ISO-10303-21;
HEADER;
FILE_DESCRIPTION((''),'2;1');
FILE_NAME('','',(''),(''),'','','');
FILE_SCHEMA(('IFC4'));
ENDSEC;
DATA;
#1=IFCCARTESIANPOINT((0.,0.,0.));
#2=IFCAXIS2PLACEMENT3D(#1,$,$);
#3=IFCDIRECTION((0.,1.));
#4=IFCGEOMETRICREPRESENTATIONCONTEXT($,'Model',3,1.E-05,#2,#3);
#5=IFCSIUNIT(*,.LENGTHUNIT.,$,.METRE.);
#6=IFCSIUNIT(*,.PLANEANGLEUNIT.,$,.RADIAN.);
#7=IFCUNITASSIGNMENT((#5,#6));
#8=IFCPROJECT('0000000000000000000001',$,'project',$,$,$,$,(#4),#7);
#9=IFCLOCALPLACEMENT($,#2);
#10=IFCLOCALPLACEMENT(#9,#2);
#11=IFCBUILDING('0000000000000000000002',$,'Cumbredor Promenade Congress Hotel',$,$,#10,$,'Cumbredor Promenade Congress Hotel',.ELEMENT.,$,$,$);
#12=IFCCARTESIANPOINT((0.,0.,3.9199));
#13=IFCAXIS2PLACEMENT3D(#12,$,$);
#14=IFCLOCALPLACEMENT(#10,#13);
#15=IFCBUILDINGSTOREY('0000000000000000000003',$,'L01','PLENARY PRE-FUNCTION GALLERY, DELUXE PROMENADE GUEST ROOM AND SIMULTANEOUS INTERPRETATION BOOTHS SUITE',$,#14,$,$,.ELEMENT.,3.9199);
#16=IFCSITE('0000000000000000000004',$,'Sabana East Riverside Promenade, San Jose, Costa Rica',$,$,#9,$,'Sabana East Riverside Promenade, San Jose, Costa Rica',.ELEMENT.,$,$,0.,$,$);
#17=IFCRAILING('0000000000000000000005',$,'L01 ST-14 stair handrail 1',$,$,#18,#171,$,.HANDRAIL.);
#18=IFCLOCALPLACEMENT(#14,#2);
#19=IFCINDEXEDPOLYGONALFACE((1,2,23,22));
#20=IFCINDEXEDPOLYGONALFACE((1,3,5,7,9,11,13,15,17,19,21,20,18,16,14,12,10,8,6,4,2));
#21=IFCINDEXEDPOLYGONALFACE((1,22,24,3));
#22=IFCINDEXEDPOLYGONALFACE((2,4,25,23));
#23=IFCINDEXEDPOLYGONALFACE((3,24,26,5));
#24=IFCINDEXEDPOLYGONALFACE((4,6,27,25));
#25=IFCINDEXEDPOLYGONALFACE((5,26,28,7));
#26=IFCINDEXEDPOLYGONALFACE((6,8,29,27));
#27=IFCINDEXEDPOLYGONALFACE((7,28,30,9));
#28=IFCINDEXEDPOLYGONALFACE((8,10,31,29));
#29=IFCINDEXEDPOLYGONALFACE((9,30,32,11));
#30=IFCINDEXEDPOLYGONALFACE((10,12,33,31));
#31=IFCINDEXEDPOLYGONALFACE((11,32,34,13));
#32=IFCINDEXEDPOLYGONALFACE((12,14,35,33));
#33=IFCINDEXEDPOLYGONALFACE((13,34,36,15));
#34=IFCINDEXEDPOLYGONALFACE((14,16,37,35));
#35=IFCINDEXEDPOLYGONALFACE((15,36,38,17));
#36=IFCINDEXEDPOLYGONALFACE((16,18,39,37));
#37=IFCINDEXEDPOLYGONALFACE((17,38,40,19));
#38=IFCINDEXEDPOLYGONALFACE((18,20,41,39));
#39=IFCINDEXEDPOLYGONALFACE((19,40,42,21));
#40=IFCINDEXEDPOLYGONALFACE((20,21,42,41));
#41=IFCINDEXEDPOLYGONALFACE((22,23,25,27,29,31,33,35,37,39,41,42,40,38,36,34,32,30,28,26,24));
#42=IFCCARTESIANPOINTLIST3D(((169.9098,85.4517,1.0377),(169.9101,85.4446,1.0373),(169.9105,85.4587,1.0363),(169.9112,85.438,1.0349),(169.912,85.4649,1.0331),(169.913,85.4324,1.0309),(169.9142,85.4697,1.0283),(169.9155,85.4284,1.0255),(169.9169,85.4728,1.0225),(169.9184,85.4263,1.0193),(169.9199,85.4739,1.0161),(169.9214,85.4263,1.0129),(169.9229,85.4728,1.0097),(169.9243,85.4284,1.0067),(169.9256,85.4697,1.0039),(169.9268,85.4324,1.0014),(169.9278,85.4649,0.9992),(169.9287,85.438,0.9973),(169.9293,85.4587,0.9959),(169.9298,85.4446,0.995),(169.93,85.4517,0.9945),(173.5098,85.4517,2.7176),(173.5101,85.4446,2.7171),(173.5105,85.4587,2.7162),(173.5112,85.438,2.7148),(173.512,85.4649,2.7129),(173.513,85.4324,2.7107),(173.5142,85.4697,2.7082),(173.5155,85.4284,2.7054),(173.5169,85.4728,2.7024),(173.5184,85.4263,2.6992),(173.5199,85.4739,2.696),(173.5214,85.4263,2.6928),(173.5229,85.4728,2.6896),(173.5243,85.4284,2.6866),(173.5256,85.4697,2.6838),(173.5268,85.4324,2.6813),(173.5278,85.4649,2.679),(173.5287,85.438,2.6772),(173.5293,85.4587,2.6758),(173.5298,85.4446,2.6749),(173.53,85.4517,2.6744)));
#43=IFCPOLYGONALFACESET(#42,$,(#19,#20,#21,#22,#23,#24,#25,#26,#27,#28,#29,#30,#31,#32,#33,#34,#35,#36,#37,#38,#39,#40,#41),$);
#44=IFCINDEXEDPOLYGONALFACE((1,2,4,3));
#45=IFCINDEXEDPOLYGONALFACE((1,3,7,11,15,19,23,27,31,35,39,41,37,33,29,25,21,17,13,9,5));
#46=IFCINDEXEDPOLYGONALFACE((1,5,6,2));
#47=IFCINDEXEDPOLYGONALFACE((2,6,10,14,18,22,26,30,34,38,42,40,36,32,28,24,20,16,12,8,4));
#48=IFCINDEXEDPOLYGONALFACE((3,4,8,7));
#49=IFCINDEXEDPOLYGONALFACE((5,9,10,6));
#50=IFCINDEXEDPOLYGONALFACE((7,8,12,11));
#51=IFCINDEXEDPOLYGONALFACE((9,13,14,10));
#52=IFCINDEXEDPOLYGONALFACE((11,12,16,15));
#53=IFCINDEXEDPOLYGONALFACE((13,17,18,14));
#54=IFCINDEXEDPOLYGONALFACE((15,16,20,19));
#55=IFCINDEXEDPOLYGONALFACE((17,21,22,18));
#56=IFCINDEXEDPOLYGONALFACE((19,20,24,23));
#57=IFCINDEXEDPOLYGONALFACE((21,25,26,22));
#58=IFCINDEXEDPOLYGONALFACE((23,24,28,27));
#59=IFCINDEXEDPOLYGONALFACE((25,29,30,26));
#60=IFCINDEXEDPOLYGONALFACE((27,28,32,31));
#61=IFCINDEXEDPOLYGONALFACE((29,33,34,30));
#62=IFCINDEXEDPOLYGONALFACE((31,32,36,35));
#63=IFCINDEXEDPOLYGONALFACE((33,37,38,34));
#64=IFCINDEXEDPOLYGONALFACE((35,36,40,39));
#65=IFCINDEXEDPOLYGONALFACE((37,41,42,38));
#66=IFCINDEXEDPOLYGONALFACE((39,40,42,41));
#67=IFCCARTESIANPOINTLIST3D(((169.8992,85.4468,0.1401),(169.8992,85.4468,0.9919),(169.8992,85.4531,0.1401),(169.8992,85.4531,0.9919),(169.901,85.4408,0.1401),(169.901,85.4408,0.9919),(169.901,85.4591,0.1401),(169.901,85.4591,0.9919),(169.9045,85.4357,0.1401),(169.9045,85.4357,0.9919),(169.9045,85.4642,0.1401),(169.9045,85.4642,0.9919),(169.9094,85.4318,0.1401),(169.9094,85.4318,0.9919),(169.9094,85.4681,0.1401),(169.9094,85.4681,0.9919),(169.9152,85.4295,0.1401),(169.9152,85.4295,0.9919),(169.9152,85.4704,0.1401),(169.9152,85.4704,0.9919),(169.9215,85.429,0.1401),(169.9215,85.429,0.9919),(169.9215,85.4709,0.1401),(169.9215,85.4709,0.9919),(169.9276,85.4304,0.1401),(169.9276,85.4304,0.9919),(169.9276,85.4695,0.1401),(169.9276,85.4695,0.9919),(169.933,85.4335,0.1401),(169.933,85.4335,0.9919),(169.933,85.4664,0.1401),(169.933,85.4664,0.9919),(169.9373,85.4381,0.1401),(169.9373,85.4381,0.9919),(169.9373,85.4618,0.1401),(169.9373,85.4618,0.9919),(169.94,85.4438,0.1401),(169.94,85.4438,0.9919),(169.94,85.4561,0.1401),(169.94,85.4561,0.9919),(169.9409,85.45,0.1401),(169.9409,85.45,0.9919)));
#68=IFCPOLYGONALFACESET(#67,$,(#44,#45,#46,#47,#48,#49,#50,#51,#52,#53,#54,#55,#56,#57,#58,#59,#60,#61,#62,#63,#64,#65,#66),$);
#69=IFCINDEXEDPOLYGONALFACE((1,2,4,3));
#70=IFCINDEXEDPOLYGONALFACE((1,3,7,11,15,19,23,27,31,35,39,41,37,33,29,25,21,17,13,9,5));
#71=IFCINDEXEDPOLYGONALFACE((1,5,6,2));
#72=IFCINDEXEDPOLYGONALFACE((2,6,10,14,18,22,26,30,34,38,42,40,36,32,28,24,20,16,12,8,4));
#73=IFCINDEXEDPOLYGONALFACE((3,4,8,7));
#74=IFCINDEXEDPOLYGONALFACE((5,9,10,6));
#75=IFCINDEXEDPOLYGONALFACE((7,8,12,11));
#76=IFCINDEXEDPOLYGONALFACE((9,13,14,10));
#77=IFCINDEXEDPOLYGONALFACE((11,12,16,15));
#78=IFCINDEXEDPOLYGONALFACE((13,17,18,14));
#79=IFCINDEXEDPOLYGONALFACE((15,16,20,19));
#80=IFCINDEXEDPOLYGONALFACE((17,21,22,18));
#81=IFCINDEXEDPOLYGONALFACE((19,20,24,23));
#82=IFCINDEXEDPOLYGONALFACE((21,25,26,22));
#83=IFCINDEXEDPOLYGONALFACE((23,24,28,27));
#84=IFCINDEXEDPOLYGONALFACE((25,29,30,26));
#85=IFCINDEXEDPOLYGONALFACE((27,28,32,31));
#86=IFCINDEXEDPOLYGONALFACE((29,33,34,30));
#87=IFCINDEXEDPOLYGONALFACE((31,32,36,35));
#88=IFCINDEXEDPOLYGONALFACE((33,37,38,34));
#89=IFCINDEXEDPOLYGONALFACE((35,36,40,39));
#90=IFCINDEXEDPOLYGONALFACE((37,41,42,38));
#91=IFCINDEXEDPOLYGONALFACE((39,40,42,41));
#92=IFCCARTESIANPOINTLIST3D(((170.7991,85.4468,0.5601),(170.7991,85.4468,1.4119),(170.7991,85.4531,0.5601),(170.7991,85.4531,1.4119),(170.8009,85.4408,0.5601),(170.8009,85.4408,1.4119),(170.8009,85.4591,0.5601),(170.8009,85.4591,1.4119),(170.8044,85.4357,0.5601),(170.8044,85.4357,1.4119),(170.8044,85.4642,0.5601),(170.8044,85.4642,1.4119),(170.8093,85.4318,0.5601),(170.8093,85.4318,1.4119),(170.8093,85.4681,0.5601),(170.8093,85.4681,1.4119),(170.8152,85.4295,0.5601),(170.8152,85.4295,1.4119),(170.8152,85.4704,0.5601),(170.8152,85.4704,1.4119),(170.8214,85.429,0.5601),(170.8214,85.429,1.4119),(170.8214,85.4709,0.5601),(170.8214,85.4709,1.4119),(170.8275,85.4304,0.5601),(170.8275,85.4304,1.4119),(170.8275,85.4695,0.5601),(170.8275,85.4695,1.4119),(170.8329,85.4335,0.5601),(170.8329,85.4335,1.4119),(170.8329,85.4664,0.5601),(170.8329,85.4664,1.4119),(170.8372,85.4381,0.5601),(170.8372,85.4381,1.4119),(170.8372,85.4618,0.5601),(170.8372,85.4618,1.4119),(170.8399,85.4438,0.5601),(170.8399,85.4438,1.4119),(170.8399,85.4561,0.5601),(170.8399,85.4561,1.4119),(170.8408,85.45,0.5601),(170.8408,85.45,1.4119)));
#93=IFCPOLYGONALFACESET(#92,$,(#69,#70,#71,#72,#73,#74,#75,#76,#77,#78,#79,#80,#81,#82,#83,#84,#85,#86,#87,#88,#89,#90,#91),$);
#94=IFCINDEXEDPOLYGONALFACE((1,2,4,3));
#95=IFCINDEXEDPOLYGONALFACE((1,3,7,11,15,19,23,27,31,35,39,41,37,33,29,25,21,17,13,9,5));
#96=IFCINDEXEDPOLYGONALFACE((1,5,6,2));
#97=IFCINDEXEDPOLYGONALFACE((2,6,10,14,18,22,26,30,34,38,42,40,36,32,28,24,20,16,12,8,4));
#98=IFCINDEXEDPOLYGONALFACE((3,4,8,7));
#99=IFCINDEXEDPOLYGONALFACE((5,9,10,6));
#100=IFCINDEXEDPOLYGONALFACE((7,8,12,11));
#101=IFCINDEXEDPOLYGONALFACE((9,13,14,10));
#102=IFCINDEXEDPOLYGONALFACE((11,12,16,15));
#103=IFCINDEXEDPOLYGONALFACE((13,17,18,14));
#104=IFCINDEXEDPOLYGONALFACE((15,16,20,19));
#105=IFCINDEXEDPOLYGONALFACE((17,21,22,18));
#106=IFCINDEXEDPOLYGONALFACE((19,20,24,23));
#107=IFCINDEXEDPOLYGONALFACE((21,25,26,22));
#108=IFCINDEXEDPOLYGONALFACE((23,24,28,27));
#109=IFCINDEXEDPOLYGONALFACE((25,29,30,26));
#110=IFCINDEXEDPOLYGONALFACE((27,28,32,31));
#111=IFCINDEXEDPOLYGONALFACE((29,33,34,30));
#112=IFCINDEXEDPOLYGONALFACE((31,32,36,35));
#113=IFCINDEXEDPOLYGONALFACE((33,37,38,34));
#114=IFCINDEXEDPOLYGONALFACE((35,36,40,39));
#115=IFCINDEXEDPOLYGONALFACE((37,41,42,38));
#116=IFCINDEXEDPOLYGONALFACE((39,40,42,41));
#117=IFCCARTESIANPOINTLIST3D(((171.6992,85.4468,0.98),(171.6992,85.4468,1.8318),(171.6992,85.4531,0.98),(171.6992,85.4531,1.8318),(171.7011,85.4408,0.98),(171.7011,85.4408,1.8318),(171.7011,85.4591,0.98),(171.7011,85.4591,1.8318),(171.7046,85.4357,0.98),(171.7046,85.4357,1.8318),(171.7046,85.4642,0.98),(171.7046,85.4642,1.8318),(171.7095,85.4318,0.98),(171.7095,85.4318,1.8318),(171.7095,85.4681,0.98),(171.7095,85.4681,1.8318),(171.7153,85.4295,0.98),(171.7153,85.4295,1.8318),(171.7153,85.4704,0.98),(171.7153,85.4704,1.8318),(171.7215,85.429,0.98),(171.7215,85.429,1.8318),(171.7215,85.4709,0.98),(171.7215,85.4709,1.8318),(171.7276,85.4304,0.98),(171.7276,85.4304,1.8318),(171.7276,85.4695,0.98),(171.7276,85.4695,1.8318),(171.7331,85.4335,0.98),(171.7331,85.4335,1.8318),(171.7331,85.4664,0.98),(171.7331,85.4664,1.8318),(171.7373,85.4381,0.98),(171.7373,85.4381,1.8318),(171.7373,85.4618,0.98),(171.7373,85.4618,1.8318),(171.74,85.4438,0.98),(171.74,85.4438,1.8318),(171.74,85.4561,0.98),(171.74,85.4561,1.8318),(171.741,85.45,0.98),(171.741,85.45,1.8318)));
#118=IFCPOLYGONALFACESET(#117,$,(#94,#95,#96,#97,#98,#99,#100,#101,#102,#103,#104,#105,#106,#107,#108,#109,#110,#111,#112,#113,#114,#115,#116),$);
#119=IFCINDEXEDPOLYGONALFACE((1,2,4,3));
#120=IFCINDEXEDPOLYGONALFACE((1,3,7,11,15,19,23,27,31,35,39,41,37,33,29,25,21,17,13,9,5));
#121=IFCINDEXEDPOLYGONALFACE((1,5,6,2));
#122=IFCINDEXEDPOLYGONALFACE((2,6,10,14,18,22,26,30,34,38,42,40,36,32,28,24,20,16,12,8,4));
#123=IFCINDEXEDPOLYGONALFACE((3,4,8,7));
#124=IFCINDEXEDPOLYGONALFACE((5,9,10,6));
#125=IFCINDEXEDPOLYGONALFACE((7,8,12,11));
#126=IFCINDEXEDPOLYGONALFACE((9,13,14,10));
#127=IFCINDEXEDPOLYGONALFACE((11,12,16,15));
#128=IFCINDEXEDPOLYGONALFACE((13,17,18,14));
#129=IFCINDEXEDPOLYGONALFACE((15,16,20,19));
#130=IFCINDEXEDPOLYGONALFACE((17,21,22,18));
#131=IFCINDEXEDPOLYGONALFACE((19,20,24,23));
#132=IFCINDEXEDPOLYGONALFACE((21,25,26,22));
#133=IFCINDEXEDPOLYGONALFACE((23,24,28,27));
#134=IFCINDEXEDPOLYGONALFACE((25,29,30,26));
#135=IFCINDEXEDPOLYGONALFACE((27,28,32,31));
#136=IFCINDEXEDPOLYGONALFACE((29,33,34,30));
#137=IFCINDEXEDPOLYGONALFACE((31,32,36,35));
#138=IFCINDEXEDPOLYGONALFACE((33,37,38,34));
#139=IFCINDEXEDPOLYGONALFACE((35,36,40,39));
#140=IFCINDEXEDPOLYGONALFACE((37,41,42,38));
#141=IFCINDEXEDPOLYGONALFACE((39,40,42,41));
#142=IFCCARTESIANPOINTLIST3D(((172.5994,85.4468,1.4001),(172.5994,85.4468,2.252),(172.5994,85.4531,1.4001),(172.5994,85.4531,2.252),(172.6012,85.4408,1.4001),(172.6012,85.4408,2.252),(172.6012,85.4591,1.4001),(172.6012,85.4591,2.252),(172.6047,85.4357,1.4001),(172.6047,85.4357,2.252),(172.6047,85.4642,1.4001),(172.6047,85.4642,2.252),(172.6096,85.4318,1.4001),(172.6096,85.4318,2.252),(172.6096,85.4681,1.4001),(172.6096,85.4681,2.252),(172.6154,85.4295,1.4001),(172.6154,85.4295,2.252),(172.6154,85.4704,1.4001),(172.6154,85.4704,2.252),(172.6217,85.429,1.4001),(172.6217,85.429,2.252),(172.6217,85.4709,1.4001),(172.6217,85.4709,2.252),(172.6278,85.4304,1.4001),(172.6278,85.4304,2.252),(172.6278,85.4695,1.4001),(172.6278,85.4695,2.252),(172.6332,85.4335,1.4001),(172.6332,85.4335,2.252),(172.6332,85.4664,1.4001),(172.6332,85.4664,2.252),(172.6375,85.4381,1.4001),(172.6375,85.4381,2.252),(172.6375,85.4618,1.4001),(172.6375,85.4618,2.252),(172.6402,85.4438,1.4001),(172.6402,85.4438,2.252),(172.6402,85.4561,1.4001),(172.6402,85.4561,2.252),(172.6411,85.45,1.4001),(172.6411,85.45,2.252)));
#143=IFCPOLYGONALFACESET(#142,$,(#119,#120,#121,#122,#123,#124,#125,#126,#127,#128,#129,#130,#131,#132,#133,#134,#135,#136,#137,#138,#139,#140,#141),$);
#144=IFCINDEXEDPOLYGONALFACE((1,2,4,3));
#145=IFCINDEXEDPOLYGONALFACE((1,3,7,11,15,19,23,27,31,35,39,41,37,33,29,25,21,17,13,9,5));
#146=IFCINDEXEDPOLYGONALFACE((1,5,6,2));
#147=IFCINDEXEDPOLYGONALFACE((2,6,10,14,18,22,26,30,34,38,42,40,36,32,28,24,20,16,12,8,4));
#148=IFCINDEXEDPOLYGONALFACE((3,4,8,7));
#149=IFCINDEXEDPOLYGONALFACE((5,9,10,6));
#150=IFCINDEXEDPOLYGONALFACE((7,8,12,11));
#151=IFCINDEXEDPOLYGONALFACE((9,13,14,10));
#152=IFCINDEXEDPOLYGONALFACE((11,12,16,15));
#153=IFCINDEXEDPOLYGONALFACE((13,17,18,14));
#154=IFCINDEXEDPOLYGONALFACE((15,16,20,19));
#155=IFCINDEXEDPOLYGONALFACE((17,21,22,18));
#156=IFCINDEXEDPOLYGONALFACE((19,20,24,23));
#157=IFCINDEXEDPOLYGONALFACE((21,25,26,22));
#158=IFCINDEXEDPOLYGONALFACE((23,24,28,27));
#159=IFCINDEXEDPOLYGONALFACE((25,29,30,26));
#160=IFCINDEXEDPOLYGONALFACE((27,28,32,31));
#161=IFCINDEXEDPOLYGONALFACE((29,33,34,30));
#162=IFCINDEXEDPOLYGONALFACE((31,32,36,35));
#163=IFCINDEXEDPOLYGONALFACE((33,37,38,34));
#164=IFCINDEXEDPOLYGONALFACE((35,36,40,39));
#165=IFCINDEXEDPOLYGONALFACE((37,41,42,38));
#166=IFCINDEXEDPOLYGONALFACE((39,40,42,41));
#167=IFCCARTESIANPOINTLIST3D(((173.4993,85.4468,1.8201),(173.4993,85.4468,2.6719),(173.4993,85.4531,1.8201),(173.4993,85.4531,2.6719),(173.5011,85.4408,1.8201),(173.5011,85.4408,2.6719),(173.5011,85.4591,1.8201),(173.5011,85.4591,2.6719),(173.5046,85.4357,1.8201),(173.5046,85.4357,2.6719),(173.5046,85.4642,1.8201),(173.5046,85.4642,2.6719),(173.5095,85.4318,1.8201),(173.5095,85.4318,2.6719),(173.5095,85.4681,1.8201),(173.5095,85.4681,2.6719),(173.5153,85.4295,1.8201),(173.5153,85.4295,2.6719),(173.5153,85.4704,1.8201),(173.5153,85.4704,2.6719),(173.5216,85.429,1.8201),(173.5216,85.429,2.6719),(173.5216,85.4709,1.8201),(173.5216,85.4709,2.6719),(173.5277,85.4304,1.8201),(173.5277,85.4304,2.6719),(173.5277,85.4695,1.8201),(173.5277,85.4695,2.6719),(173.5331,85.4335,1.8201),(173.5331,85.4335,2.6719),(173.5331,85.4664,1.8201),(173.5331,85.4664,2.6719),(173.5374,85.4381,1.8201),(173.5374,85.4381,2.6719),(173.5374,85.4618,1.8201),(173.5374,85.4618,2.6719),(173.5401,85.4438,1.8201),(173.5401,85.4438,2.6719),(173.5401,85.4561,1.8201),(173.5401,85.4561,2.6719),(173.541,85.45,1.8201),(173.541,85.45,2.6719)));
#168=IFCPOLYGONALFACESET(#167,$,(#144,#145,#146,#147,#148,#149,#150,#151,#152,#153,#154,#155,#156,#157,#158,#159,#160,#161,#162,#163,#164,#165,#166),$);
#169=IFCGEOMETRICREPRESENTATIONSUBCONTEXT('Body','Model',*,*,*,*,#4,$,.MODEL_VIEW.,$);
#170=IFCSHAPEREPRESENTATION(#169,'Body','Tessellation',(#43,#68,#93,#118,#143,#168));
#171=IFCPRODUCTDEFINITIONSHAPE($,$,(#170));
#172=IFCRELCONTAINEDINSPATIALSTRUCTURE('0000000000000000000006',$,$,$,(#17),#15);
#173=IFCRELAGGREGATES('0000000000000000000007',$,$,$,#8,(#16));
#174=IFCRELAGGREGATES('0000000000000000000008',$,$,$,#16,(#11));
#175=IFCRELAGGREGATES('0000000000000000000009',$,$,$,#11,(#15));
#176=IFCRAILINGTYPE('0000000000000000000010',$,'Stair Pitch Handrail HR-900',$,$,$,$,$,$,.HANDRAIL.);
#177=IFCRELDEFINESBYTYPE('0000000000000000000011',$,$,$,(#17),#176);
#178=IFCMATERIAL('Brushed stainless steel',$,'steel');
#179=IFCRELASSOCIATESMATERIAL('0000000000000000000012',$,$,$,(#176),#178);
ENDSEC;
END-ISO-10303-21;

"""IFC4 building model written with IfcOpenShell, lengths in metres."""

from ifc_helpers import new_model, si_unit, direction, frame, origin, origin_2d, place, context, subcontext, project, spatial, circle, extrude, material, type_object, element, save


model = new_model("IFC4")

# Units and contexts
model_context = context("Model", 3, precision=1e-05, world=origin(), true_north=direction((0.0, 1.0)))
body_context = subcontext(model_context, "Body", "Model", "MODEL_VIEW")
ifc_project = project(units=[si_unit("LENGTHUNIT", "METRE"), si_unit("PLANEANGLEUNIT", "RADIAN")], contexts=[model_context])

# Site, building, storey
site_placement = place(None, origin())
site = spatial("IfcSite", under=ifc_project, at=site_placement, Name="Sabana East Riverside Promenade, San Jose, Costa Rica", LongName="Sabana East Riverside Promenade, San Jose, Costa Rica", CompositionType="ELEMENT", RefElevation=0.0)
building_placement = place(site_placement, origin())
building = spatial("IfcBuilding", under=site, at=building_placement, Name="Cumbredor Promenade Congress Hotel", LongName="Cumbredor Promenade Congress Hotel", CompositionType="ELEMENT")
storey_placement = place(building_placement, frame((0.0, 0.0, 3.9199)))
storey = spatial("IfcBuildingStorey", under=building, at=storey_placement, Name="L01", Description="PLENARY PRE-FUNCTION GALLERY, DELUXE PROMENADE GUEST ROOM AND SIMULTANEOUS INTERPRETATION BOOTHS SUITE", CompositionType="ELEMENT", Elevation=3.9199)

# Railing
ifc_material_1 = material(Name="Brushed stainless steel", Category="steel")
railing_type_1 = type_object("IfcRailingType", Name="Stair Pitch Handrail HR-900", PredefinedType="HANDRAIL", material=ifc_material_1)
railing_1_placement = place(storey_placement, frame((169.9199, 85.45, 0.1401)))
element("IfcRailing", 1, at=railing_1_placement, inside=storey, type_object=railing_type_1, Name="L01 ST-14 stair handrail 1", PredefinedType="HANDRAIL", context=body_context, shape_type="SweptSolid", body=[
    extrude(circle(Radius=0.0239, at=origin_2d()), frame((0.0, 0.0, 0.876), z_axis=(0.906194, 0.0, 0.422862), x_axis=(0.0, 1.0, 0.0)), (0.0, 0.0, 1.0), 3.9727),
    extrude(circle(Radius=0.021, at=origin_2d()), origin(), (0.0, 0.0, 1.0), 0.8518),
    extrude(circle(Radius=0.021, at=origin_2d()), frame((0.8999, 0.0, 0.4199)), (0.0, 0.0, 1.0), 0.8518),
    extrude(circle(Radius=0.021, at=origin_2d()), frame((1.8, 0.0, 0.8398)), (0.0, 0.0, 1.0), 0.8518),
    extrude(circle(Radius=0.021, at=origin_2d()), frame((2.7002, 0.0, 1.26)), (0.0, 0.0, 1.0), 0.8518),
    extrude(circle(Radius=0.021, at=origin_2d()), frame((3.6001, 0.0, 1.6799)), (0.0, 0.0, 1.0), 0.8518),
])

save(model, "model.ifc")
